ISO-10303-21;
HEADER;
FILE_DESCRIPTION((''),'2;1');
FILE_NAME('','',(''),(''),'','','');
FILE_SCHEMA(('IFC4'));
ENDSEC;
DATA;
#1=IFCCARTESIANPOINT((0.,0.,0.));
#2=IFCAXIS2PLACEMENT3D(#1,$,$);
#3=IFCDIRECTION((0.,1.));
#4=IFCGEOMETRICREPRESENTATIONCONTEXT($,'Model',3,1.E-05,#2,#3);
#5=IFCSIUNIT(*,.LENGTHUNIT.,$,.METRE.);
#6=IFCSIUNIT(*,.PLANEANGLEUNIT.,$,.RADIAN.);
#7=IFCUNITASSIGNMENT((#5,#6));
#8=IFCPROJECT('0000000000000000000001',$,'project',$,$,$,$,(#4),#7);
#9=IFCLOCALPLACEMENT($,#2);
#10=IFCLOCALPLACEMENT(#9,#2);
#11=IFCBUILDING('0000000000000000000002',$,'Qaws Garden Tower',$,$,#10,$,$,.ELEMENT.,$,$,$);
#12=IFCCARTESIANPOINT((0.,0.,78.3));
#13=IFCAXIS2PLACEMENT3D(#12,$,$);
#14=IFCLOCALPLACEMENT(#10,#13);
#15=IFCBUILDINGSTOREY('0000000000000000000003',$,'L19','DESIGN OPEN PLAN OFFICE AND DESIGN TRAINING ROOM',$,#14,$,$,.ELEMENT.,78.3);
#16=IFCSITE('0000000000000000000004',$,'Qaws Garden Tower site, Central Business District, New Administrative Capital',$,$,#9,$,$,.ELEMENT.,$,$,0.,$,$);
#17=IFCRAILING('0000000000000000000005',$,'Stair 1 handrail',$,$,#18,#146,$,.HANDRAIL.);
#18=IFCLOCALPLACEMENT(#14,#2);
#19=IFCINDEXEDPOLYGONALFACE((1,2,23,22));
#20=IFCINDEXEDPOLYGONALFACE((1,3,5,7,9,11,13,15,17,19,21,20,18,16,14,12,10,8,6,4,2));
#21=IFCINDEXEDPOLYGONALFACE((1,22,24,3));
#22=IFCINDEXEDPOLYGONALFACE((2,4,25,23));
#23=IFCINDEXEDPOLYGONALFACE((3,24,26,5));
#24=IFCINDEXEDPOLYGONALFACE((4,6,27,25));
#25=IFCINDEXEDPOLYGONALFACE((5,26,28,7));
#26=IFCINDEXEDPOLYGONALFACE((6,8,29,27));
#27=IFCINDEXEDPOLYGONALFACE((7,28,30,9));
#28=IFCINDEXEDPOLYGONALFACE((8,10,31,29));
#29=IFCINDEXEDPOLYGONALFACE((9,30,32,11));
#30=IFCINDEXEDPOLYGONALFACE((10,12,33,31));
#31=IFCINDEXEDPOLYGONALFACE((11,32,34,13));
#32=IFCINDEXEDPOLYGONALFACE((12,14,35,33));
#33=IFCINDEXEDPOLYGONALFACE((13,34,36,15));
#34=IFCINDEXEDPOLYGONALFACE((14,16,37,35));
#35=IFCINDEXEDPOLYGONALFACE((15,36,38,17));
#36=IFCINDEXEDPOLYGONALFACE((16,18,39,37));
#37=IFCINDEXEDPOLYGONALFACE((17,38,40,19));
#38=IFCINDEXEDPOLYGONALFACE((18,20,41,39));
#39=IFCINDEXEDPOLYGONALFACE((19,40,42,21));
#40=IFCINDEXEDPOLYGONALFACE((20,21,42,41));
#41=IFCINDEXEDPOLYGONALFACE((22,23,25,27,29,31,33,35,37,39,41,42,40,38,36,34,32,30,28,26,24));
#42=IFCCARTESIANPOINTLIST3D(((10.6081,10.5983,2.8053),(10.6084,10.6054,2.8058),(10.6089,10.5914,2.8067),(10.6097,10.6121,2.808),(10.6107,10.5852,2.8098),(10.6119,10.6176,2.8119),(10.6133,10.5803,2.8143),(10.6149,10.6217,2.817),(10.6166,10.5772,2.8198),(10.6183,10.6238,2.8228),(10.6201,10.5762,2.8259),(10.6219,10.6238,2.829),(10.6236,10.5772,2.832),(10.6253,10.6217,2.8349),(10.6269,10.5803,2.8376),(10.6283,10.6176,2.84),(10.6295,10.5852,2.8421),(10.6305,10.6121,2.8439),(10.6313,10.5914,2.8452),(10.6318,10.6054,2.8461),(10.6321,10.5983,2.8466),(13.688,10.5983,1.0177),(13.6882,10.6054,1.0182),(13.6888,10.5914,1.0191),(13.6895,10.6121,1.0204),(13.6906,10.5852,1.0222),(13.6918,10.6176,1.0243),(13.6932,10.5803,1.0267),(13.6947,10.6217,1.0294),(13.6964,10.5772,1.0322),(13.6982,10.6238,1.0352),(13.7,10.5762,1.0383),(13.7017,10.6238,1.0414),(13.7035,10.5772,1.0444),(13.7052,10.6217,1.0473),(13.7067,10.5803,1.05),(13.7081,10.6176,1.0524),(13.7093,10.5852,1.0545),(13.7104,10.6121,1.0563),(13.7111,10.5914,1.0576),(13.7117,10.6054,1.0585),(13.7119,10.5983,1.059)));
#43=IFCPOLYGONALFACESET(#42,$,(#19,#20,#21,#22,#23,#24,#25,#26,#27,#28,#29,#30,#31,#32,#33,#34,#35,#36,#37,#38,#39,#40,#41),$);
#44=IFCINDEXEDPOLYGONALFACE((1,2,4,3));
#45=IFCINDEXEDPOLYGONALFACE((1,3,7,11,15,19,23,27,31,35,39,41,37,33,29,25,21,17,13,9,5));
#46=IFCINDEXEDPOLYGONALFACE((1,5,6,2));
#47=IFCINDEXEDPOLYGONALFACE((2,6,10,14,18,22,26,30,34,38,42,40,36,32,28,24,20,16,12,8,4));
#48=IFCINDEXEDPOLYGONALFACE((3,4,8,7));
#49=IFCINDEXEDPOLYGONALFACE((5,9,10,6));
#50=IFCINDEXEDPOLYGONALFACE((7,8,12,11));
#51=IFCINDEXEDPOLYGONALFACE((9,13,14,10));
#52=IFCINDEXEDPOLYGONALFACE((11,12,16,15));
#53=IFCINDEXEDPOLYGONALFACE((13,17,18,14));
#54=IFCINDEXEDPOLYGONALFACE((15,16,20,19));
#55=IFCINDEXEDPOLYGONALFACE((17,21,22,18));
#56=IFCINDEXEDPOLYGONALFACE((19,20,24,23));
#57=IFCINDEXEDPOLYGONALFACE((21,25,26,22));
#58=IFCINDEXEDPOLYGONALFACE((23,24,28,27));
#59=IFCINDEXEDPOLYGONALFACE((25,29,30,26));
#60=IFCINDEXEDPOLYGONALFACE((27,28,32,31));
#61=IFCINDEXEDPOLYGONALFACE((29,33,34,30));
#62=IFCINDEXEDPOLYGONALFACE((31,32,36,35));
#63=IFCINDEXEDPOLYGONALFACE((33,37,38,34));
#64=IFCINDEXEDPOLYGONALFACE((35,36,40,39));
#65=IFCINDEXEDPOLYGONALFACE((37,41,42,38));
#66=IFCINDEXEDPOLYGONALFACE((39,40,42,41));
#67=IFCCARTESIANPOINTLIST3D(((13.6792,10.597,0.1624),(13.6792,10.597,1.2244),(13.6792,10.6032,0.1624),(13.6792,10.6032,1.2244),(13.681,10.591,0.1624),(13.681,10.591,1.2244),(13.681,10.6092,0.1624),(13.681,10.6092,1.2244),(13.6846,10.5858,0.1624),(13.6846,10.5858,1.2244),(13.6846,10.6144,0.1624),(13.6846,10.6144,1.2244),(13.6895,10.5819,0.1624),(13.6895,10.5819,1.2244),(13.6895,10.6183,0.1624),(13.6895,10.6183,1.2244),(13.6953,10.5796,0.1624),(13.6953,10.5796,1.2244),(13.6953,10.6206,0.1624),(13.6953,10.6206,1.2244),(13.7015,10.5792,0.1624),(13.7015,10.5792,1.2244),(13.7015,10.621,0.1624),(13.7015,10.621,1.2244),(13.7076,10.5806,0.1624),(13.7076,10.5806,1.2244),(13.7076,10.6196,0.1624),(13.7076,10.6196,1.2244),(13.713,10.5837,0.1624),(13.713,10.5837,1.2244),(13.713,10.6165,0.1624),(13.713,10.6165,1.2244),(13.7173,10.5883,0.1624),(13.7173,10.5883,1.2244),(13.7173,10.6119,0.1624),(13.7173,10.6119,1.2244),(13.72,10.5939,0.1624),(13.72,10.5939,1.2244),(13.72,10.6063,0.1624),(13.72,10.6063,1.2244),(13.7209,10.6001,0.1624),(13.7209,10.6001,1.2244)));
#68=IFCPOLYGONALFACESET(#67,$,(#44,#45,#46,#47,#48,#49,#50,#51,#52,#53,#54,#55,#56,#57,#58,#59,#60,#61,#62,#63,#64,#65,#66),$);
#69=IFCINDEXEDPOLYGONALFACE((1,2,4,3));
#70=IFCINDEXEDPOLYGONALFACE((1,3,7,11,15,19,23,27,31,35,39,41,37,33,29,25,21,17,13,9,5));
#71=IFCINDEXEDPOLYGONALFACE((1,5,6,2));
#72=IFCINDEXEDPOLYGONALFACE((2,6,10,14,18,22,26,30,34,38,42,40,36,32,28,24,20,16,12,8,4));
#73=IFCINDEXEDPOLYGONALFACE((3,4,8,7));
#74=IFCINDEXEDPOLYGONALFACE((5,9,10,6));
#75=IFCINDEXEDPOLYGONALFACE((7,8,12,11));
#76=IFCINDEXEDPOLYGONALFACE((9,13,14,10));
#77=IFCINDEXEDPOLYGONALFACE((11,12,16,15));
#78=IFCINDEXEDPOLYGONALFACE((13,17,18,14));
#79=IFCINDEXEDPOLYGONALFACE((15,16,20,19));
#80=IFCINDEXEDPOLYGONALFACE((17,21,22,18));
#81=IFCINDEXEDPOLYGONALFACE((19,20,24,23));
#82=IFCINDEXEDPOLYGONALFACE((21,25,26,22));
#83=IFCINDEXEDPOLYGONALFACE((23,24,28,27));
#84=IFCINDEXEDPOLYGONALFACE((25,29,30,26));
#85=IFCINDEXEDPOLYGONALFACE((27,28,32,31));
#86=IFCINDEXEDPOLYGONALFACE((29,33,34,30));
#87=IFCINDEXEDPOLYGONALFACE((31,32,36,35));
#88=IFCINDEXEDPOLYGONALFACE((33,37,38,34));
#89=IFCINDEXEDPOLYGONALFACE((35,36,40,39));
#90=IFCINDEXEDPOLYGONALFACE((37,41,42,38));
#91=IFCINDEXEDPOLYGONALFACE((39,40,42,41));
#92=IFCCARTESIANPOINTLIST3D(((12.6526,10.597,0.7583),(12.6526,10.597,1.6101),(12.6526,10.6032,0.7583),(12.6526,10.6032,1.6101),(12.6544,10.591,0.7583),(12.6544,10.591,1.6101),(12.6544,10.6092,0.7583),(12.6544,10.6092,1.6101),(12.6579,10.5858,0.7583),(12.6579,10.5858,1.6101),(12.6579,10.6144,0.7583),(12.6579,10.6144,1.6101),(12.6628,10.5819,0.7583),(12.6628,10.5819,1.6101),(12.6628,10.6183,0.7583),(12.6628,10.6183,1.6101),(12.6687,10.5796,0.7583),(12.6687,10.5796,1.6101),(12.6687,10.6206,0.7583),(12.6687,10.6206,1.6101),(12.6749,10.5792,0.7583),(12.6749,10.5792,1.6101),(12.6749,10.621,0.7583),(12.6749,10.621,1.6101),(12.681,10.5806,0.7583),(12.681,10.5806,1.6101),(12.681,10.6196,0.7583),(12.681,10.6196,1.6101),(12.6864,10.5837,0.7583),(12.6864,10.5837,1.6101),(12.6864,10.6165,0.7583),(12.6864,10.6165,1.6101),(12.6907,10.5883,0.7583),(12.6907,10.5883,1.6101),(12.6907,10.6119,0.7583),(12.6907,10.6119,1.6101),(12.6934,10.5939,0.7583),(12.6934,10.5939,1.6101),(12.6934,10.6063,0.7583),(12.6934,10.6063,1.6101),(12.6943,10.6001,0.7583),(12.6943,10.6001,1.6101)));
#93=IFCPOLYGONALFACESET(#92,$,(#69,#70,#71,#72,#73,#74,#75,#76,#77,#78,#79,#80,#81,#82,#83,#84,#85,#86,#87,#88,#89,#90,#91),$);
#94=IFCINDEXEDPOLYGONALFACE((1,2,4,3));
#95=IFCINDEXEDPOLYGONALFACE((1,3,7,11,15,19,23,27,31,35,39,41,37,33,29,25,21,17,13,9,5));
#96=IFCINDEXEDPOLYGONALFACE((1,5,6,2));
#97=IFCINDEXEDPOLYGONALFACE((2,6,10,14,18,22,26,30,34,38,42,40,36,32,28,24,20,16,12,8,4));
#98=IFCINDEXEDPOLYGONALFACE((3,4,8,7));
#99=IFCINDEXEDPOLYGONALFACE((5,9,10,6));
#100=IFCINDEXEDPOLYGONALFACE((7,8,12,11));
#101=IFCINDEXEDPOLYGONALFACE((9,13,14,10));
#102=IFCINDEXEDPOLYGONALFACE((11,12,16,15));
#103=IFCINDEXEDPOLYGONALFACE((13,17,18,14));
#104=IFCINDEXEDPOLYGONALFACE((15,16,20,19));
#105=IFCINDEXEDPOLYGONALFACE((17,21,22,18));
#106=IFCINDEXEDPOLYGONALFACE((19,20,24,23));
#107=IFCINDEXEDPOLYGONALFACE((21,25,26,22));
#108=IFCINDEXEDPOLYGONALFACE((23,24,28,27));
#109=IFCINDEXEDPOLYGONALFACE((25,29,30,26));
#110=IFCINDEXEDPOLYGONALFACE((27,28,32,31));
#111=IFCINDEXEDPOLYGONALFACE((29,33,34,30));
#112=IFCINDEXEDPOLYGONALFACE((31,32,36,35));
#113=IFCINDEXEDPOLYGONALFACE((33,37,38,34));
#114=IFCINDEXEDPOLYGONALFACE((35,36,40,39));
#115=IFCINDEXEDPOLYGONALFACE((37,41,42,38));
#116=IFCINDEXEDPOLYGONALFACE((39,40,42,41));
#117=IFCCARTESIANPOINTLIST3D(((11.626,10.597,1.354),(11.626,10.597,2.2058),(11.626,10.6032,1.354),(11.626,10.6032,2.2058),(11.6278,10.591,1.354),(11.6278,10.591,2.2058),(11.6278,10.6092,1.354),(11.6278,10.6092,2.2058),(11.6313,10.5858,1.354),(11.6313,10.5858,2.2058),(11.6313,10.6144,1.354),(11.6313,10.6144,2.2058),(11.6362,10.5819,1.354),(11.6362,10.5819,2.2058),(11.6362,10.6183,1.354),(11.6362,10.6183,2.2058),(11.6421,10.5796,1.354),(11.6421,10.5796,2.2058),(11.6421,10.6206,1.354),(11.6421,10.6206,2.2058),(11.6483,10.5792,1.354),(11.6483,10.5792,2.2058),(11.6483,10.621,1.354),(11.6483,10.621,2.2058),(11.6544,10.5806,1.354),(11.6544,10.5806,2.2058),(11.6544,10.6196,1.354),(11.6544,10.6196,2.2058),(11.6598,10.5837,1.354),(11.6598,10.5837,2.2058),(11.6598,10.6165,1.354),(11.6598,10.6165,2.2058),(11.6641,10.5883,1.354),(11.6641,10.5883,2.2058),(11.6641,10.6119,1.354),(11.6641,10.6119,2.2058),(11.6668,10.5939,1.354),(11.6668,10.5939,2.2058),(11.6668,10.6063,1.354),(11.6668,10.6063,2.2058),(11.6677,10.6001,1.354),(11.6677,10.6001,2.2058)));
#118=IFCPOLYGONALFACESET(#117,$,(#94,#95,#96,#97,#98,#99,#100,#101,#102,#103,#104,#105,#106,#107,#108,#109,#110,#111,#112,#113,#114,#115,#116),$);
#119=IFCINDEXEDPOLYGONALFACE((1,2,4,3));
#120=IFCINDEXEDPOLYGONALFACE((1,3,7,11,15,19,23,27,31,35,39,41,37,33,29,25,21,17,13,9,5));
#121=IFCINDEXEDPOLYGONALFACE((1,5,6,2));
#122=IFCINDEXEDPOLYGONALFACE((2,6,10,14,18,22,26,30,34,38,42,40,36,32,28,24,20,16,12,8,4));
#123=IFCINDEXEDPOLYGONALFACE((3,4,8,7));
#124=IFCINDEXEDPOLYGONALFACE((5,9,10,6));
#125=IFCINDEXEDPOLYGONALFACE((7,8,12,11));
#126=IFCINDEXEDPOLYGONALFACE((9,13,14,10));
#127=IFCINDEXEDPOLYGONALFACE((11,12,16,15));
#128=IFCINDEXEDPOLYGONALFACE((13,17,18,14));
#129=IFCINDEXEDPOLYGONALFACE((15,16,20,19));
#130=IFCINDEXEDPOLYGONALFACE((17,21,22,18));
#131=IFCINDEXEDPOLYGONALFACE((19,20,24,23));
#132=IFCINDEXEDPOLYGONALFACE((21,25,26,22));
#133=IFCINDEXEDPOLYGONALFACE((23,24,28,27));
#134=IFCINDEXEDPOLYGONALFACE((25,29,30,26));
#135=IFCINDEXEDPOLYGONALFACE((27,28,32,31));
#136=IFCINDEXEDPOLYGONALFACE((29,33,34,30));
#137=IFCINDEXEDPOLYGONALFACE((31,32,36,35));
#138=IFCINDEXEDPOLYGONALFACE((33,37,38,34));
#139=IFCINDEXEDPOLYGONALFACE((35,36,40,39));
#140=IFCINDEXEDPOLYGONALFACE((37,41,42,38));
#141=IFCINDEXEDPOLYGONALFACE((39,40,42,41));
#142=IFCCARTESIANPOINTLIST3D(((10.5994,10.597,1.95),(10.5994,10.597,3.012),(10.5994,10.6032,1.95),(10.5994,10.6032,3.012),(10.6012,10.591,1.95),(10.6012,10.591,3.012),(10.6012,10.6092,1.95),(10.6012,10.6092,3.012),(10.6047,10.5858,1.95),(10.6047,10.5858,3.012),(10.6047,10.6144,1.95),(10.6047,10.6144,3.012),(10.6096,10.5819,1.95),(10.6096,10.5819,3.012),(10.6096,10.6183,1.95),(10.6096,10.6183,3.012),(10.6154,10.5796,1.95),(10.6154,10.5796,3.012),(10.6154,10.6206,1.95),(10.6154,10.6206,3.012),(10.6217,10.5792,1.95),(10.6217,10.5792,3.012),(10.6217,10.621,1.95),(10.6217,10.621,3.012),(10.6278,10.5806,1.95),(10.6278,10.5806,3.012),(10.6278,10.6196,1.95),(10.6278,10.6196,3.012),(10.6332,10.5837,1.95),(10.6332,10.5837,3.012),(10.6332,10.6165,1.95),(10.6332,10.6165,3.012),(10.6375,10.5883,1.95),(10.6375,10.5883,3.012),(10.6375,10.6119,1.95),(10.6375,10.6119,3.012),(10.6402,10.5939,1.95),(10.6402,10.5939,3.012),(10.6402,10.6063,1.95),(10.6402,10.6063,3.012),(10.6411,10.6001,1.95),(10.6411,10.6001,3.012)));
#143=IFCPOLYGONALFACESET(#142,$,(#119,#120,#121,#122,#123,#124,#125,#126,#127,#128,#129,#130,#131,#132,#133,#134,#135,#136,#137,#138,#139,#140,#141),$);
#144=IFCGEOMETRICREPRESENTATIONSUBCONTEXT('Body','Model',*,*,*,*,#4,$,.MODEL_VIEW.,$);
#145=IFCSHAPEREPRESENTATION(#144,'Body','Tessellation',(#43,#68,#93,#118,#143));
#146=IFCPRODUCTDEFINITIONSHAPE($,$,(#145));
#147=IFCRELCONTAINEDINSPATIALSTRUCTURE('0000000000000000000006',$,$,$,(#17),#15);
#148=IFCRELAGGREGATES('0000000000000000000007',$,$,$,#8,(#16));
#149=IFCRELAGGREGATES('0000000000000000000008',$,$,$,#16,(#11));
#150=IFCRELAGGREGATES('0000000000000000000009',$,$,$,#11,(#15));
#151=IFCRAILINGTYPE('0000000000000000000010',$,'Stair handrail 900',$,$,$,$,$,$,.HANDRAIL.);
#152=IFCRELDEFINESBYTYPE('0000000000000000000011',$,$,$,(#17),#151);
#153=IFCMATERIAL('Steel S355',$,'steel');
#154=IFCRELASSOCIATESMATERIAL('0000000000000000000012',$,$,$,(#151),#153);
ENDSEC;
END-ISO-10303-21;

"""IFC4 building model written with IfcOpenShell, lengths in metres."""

from ifc_helpers import new_model, si_unit, direction, frame, origin, origin_2d, place, context, subcontext, project, spatial, circle, extrude, material, type_object, element, save


model = new_model("IFC4")

# Units and contexts
model_context = context("Model", 3, precision=1e-05, world=origin(), true_north=direction((0.0, 1.0)))
body_context = subcontext(model_context, "Body", "Model", "MODEL_VIEW")
ifc_project = project(units=[si_unit("LENGTHUNIT", "METRE"), si_unit("PLANEANGLEUNIT", "RADIAN")], contexts=[model_context])

# Site, building, storey
site_placement = place(None, origin())
site = spatial("IfcSite", under=ifc_project, at=site_placement, Name="Qaws Garden Tower site, Central Business District, New Administrative Capital", CompositionType="ELEMENT", RefElevation=0.0)
building_placement = place(site_placement, origin())
building = spatial("IfcBuilding", under=site, at=building_placement, Name="Qaws Garden Tower", CompositionType="ELEMENT")
storey_placement = place(building_placement, frame((0.0, 0.0, 78.3)))
storey = spatial("IfcBuildingStorey", under=building, at=storey_placement, Name="L19", Description="DESIGN OPEN PLAN OFFICE AND DESIGN TRAINING ROOM", CompositionType="ELEMENT", Elevation=78.3)

# Railing
ifc_material_1 = material(Name="Steel S355", Category="steel")
railing_type = type_object("IfcRailingType", Name="Stair handrail 900", PredefinedType="HANDRAIL", material=ifc_material_1)
railing_1_placement = place(storey_placement, frame((13.7, 10.6001, 0.1624)))
element("IfcRailing", 1, at=railing_1_placement, inside=storey, type_object=railing_type, Name="Stair 1 handrail", PredefinedType="HANDRAIL", context=body_context, shape_type="SweptSolid", body=[
    extrude(circle(Radius=0.0239, at=origin_2d()), frame((0.0, 0.0, 0.876), z_axis=(-0.864873, 0.0, 0.50199), x_axis=(0.0, -1.0, 0.0)), (0.0, 0.0, 1.0), 3.561),
    extrude(circle(Radius=0.021, at=origin_2d()), origin(), (0.0, 0.0, 1.0), 1.062),
    extrude(circle(Radius=0.021, at=origin_2d()), frame((-1.0266, 0.0, 0.5959)), (0.0, 0.0, 1.0), 0.8518),
    extrude(circle(Radius=0.021, at=origin_2d()), frame((-2.0532, 0.0, 1.1917)), (0.0, 0.0, 1.0), 0.8518),
    extrude(circle(Radius=0.021, at=origin_2d()), frame((-3.0798, 0.0, 1.7876)), (0.0, 0.0, 1.0), 1.062),
])

save(model, "model.ifc")
